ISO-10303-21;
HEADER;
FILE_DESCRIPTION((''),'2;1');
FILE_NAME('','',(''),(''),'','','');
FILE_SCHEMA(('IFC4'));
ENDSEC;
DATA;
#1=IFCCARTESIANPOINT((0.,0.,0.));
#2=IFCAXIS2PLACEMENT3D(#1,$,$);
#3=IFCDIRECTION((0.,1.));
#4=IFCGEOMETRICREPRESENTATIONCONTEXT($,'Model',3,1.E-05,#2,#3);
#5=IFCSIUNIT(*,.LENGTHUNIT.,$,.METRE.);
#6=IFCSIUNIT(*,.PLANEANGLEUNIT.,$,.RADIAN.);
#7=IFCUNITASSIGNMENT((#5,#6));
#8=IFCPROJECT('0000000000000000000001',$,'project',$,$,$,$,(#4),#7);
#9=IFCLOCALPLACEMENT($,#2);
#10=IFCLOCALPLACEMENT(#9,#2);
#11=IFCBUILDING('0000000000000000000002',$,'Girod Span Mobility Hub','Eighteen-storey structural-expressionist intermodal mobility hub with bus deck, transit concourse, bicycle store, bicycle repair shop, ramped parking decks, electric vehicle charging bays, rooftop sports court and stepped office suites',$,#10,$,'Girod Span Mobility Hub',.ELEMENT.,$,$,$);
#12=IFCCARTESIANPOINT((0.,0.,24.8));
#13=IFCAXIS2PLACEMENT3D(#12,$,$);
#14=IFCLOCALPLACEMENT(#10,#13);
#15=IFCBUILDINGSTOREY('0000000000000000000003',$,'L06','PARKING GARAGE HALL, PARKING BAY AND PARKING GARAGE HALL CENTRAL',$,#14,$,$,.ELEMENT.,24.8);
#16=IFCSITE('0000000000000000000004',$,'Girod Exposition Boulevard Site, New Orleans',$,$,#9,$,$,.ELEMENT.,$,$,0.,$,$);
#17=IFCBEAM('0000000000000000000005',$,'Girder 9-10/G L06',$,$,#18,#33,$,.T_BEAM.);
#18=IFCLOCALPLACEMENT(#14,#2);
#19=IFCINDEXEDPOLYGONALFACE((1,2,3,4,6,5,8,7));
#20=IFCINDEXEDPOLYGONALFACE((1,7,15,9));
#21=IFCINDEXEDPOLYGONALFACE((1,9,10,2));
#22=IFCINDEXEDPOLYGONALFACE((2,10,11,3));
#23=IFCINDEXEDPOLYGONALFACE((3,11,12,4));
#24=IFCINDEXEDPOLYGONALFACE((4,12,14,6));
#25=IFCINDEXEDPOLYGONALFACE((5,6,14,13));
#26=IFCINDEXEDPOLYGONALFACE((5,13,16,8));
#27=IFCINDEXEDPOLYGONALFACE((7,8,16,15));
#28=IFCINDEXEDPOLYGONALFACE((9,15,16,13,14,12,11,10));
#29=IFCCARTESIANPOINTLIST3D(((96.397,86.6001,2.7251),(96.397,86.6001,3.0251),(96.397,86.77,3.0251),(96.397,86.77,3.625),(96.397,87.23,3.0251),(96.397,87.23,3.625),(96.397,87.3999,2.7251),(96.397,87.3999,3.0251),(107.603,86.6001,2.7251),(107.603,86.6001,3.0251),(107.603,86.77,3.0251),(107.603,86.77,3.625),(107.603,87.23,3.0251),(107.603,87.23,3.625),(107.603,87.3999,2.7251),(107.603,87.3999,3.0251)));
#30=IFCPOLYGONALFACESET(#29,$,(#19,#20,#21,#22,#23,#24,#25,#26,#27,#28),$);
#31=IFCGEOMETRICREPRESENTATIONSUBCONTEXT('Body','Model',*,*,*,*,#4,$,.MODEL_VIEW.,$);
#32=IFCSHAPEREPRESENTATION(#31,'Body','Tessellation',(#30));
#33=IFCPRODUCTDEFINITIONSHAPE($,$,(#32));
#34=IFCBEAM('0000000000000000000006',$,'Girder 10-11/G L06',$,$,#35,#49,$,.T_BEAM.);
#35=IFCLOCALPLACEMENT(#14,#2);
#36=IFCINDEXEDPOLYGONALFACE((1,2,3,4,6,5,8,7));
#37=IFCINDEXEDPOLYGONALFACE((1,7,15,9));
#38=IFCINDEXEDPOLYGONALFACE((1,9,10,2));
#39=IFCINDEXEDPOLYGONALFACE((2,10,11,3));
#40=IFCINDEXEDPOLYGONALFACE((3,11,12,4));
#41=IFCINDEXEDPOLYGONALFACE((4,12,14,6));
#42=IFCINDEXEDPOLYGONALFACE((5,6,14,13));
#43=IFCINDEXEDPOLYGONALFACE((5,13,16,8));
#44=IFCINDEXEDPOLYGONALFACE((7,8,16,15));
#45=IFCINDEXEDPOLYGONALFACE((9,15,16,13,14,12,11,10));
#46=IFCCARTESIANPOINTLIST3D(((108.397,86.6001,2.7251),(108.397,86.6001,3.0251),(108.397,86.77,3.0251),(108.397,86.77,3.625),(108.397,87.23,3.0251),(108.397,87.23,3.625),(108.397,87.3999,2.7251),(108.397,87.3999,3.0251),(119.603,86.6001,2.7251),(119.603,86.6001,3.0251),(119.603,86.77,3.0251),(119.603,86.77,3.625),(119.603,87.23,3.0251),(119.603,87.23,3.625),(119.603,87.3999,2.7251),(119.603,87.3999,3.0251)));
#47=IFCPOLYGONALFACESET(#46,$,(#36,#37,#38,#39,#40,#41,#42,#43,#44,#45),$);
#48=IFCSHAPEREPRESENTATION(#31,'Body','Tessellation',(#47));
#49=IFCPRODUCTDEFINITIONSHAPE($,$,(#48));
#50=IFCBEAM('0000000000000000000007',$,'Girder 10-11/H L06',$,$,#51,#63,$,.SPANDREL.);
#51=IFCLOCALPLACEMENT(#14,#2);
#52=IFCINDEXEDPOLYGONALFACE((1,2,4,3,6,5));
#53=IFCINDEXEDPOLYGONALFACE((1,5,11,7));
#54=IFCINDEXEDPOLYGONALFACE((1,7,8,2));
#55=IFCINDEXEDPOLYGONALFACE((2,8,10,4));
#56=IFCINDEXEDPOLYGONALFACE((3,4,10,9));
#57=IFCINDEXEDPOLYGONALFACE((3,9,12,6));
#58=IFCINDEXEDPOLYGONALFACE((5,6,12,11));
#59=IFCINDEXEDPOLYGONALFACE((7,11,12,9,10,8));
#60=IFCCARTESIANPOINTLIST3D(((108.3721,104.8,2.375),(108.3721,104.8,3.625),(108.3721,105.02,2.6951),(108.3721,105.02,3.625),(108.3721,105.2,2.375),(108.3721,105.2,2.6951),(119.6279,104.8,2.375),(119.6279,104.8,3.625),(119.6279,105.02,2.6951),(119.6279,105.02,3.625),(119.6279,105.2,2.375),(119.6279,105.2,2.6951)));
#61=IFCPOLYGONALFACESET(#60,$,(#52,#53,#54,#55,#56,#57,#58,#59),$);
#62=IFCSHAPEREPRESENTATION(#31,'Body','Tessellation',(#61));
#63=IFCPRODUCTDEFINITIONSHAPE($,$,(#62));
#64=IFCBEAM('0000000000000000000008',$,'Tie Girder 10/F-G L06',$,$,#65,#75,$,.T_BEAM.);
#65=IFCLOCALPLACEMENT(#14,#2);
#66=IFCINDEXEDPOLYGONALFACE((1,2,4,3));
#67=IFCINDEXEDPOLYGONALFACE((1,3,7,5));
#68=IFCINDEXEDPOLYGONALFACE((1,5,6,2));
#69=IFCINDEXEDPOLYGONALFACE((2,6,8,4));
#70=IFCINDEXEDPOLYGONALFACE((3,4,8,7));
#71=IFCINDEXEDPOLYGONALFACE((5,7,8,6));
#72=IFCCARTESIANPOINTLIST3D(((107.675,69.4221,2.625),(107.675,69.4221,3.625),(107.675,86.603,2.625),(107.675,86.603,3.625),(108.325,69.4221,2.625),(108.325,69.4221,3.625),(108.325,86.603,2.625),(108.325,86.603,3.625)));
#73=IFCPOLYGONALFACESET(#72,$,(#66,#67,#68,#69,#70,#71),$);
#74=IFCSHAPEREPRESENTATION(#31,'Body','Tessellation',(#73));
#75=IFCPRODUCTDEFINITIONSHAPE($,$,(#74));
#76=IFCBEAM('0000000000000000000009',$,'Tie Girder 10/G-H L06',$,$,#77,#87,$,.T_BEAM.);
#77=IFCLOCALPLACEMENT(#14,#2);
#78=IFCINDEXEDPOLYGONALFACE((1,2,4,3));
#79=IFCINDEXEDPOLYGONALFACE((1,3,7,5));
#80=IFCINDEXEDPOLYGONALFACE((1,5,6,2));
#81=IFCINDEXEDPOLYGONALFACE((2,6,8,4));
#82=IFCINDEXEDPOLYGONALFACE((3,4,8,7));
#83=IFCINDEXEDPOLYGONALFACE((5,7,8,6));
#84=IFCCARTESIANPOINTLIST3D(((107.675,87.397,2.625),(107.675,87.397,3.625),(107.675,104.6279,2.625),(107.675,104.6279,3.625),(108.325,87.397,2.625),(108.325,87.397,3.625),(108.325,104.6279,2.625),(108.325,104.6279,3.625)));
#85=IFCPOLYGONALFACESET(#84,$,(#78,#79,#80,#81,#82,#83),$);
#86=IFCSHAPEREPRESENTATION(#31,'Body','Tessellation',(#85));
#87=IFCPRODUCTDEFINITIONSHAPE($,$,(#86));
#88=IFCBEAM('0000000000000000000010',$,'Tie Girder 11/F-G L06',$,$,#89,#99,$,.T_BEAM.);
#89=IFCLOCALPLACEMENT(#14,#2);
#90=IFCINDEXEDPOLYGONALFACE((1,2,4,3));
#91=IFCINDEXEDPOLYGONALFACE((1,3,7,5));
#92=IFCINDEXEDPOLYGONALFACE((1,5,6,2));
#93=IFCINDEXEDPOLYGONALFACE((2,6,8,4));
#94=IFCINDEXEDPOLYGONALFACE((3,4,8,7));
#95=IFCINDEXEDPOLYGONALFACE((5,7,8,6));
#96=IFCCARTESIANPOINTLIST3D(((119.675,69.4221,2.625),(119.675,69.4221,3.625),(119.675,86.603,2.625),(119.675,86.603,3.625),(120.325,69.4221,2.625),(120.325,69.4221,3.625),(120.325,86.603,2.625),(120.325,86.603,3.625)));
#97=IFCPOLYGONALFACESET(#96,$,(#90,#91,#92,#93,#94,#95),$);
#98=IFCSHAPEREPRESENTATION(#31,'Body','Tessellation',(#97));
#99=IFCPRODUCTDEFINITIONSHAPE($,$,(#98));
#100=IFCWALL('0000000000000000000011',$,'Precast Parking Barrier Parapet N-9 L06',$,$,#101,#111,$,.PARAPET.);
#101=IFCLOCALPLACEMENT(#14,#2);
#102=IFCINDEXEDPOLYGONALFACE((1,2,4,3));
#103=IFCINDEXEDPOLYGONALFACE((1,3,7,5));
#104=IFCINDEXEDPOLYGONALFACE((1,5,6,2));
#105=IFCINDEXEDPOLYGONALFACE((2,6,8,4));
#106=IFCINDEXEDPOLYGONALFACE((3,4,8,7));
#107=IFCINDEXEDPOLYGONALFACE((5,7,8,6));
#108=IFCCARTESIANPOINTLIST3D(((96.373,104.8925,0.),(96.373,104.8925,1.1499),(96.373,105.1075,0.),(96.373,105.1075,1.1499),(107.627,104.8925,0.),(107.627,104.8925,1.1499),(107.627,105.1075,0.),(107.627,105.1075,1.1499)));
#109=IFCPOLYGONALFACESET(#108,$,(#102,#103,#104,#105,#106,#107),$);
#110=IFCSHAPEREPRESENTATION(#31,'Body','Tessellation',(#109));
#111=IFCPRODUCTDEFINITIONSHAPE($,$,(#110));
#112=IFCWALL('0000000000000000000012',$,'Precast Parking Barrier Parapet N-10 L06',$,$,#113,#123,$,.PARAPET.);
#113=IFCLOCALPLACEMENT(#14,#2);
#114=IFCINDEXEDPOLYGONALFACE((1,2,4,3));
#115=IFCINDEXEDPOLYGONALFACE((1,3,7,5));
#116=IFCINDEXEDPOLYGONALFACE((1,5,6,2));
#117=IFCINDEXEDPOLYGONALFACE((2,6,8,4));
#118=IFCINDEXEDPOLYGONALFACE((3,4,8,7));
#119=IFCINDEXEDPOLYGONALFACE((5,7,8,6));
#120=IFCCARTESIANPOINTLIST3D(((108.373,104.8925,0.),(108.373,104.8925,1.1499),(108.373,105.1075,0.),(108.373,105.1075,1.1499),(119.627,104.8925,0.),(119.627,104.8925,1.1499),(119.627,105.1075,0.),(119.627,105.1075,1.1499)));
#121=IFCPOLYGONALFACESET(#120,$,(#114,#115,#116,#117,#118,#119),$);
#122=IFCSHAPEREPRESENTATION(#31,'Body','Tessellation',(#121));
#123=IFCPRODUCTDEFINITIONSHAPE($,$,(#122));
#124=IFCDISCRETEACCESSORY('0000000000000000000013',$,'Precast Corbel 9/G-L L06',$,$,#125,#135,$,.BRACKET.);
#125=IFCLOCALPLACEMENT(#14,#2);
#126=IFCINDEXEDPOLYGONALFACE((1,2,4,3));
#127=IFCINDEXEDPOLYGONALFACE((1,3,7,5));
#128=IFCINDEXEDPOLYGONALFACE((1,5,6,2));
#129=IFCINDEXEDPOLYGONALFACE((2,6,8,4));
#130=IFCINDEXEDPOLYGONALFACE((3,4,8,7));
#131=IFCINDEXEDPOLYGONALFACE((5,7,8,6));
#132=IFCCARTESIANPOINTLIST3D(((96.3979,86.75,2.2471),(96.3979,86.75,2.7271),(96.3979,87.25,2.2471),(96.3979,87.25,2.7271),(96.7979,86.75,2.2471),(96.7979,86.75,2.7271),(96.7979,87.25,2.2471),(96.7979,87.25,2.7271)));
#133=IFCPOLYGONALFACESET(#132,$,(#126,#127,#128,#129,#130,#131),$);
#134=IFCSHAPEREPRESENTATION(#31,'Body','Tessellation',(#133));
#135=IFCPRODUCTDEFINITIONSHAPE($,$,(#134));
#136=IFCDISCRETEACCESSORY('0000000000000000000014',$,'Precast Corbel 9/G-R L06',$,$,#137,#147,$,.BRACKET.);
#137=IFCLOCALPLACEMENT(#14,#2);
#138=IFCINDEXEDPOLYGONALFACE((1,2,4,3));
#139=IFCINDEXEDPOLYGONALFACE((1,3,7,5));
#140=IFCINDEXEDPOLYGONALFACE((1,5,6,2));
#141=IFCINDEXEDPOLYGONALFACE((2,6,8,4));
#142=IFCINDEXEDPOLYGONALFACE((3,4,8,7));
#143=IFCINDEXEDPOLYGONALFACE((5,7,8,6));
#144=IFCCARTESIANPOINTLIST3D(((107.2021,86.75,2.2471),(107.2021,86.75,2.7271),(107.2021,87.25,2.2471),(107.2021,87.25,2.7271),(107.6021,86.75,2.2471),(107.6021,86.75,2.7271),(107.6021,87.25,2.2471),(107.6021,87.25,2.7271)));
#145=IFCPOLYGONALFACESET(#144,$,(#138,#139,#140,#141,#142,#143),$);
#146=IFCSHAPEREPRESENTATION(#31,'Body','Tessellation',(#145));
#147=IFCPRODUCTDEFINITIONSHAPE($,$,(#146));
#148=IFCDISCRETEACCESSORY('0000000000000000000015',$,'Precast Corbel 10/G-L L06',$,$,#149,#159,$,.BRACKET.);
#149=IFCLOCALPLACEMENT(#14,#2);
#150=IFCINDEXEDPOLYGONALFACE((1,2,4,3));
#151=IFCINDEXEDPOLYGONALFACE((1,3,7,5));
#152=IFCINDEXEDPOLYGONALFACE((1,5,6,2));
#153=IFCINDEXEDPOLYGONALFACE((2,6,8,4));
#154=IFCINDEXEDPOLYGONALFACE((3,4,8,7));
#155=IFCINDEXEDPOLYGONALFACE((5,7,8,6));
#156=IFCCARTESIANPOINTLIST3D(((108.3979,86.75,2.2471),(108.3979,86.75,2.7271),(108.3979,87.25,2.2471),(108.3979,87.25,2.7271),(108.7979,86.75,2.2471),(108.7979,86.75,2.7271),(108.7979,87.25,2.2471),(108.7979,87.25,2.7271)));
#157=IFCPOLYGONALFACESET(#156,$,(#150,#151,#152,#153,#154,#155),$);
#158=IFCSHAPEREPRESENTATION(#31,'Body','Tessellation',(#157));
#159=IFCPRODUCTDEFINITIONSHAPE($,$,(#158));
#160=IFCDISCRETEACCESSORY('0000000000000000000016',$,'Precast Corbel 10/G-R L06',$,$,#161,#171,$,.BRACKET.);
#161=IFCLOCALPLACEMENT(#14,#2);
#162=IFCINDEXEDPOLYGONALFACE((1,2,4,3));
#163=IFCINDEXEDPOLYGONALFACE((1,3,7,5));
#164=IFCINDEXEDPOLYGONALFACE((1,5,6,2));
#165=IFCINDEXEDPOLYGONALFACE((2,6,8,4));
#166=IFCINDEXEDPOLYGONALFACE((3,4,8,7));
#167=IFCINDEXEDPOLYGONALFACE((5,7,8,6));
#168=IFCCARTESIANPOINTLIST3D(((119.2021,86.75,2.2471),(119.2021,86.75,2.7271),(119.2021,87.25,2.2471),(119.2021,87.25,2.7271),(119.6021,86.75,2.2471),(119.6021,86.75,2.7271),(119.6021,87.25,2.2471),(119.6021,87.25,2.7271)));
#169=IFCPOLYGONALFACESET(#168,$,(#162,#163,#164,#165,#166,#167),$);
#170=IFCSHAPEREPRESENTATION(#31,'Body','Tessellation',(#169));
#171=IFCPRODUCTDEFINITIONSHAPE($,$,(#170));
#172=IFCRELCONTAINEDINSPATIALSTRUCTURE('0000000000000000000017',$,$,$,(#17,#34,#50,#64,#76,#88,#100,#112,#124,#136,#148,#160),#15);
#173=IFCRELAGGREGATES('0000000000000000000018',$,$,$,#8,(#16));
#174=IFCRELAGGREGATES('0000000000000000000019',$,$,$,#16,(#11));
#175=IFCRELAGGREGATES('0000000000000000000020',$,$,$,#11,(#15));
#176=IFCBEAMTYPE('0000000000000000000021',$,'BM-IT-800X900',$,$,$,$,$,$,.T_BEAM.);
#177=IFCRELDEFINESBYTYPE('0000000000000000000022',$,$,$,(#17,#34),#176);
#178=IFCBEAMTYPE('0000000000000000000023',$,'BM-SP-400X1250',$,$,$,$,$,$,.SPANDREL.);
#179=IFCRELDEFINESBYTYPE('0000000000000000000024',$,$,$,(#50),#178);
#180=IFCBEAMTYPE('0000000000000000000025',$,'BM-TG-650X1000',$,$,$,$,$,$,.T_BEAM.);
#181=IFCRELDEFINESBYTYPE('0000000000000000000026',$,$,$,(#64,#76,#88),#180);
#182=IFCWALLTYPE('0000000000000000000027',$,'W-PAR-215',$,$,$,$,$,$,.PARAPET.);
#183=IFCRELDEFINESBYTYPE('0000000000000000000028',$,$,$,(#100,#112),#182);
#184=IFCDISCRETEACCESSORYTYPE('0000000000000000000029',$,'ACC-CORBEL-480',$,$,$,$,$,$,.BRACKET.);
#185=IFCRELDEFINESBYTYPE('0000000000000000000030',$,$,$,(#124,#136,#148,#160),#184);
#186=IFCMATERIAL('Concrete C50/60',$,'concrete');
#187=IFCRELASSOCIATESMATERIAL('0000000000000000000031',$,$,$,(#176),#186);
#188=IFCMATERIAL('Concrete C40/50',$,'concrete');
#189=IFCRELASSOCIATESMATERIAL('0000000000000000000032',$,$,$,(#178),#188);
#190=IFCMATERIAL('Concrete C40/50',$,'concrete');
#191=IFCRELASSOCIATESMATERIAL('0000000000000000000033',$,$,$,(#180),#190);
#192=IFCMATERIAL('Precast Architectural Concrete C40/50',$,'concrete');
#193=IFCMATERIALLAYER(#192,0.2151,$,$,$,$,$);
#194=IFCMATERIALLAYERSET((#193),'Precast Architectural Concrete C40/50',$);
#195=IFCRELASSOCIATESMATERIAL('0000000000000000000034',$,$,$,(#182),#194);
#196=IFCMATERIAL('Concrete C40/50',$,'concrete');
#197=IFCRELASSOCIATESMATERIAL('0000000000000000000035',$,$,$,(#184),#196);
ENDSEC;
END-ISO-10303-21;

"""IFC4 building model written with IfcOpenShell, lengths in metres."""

from ifc_helpers import new_model, si_unit, direction, frame, frame_2d, origin, origin_2d, place, context, subcontext, project, spatial, polyline, rectangle, outline, extrude, material, layer, layer_set, material_profile, profile_set, type_object, element, save


model = new_model("IFC4")

# Units and contexts
model_context = context("Model", 3, precision=1e-05, world=origin(), true_north=direction((0.0, 1.0)))
body_context = subcontext(model_context, "Body", "Model", "MODEL_VIEW")
ifc_project = project(units=[si_unit("LENGTHUNIT", "METRE"), si_unit("PLANEANGLEUNIT", "RADIAN")], contexts=[model_context])

# Site, building, storey
site_placement = place(None, origin())
site = spatial("IfcSite", under=ifc_project, at=site_placement, Name="Girod Exposition Boulevard Site, New Orleans", CompositionType="ELEMENT", RefElevation=0.0)
building_placement = place(site_placement, origin())
building = spatial("IfcBuilding", under=site, at=building_placement, Name="Girod Span Mobility Hub", Description="Eighteen-storey structural-expressionist intermodal mobility hub with bus deck, transit concourse, bicycle store, bicycle repair shop, ramped parking decks, electric vehicle charging bays, rooftop sports court and stepped office suites", LongName="Girod Span Mobility Hub", CompositionType="ELEMENT")
storey_placement = place(building_placement, frame((0.0, 0.0, 24.8)))
storey = spatial("IfcBuildingStorey", under=building, at=storey_placement, Name="L06", Description="PARKING GARAGE HALL, PARKING BAY AND PARKING GARAGE HALL CENTRAL", CompositionType="ELEMENT", Elevation=24.8)

# Beams
ifc_material_1 = material(Name="Concrete C50/60", Category="concrete")
ifc_material_profile_1 = material_profile(ifc_material_1, outline(polyline([(-0.3999, -0.45), (0.3999, -0.45), (0.3999, -0.1499), (0.23, -0.1499), (0.23, 0.45), (-0.23, 0.45), (-0.23, -0.1499), (-0.3999, -0.1499), (-0.3999, -0.45)])), Name="IT-800X900")
ifc_profile_set_1 = profile_set([ifc_material_profile_1], Name="Concrete C50/60")
beam_type_1 = type_object("IfcBeamType", Name="BM-IT-800X900", PredefinedType="T_BEAM", material=ifc_profile_set_1)
for number, where, z_axis, x_axis, name in (
    (1, (96.397, 87.0, 3.175), (1.0, 0.0, 0.0), (0.0, 1.0, 0.0), "Girder 9-10/G L06"),
    (2, (108.397, 87.0, 3.175), (1.0, 0.0, 0.0), (0.0, 1.0, 0.0), "Girder 10-11/G L06"),
):
    element("IfcBeam", number, at=place(storey_placement, frame(where, z_axis=z_axis, x_axis=x_axis)), inside=storey, type_object=beam_type_1, Name=name, PredefinedType="T_BEAM", context=body_context, shape_type="SweptSolid", body=[
        extrude(outline(polyline([(-0.3999, -0.45), (0.3999, -0.45), (0.3999, -0.1499), (0.23, -0.1499), (0.23, 0.45), (-0.23, 0.45), (-0.23, -0.1499), (-0.3999, -0.1499), (-0.3999, -0.45)])), origin(), (0.0, 0.0, 1.0), 11.2061),
    ])
ifc_material_2 = material(Name="Concrete C40/50", Category="concrete")
ifc_material_profile_2 = material_profile(ifc_material_2, outline(polyline([(-0.2, -0.625), (0.2, -0.625), (0.2, -0.3049), (0.02, -0.3049), (0.02, 0.625), (-0.2, 0.625), (-0.2, -0.625)])), Name="SP-400X1250")
ifc_profile_set_2 = profile_set([ifc_material_profile_2], Name="Concrete C40/50")
beam_type_2 = type_object("IfcBeamType", Name="BM-SP-400X1250", PredefinedType="SPANDREL", material=ifc_profile_set_2)
beam_1_placement = place(storey_placement, frame((108.3721, 105.0, 3.0), z_axis=(1.0, 0.0, 0.0), x_axis=(0.0, 1.0, 0.0)))
element("IfcBeam", 3, at=beam_1_placement, inside=storey, type_object=beam_type_2, Name="Girder 10-11/H L06", PredefinedType="SPANDREL", context=body_context, shape_type="SweptSolid", body=[
    extrude(outline(polyline([(-0.2, -0.625), (0.2, -0.625), (0.2, -0.3049), (0.02, -0.3049), (0.02, 0.625), (-0.2, 0.625), (-0.2, -0.625)])), origin(), (0.0, 0.0, 1.0), 11.2559),
])
ifc_material_3 = material(Name="Concrete C40/50", Category="concrete")
ifc_material_profile_3 = material_profile(ifc_material_3, rectangle(XDim=0.6499, YDim=1.0, at=origin_2d()), Name="TG-650X1000")
ifc_profile_set_3 = profile_set([ifc_material_profile_3], Name="Concrete C40/50")
beam_type_3 = type_object("IfcBeamType", Name="BM-TG-650X1000", PredefinedType="T_BEAM", material=ifc_profile_set_3)
beam_2_placement = place(storey_placement, frame((108.0, 69.4221, 3.125), z_axis=(0.0, 1.0, 0.0), x_axis=(-1.0, 0.0, 0.0)))
element("IfcBeam", 4, at=beam_2_placement, inside=storey, type_object=beam_type_3, Name="Tie Girder 10/F-G L06", PredefinedType="T_BEAM", context=body_context, shape_type="SweptSolid", body=[
    extrude(rectangle(XDim=0.6499, YDim=1.0, at=origin_2d()), origin(), (0.0, 0.0, 1.0), 17.1809),
])
beam_3_placement = place(storey_placement, frame((108.0, 87.397, 3.125), z_axis=(0.0, 1.0, 0.0), x_axis=(-1.0, 0.0, 0.0)))
element("IfcBeam", 5, at=beam_3_placement, inside=storey, type_object=beam_type_3, Name="Tie Girder 10/G-H L06", PredefinedType="T_BEAM", context=body_context, shape_type="SweptSolid", body=[
    extrude(rectangle(XDim=0.6499, YDim=1.0, at=origin_2d()), origin(), (0.0, 0.0, 1.0), 17.231),
])
beam_4_placement = place(storey_placement, frame((120.0, 69.4221, 3.125), z_axis=(0.0, 1.0, 0.0), x_axis=(-1.0, 0.0, 0.0)))
element("IfcBeam", 6, at=beam_4_placement, inside=storey, type_object=beam_type_3, Name="Tie Girder 11/F-G L06", PredefinedType="T_BEAM", context=body_context, shape_type="SweptSolid", body=[
    extrude(rectangle(XDim=0.6499, YDim=1.0, at=origin_2d()), origin(), (0.0, 0.0, 1.0), 17.1809),
])

# Walls
ifc_material_4 = material(Name="Precast Architectural Concrete C40/50", Category="concrete")
ifc_layer = layer(ifc_material_4, 0.2151)
ifc_layer_set = layer_set([ifc_layer], Name="Precast Architectural Concrete C40/50")
wall_type = type_object("IfcWallType", Name="W-PAR-215", PredefinedType="PARAPET", material=ifc_layer_set)
for number, where, z_axis, x_axis, name in (
    (7, (96.373, 105.0, 0.0), (0.0, 0.0, 1.0), (1.0, 0.0, 0.0), "Precast Parking Barrier Parapet N-9 L06"),
    (8, (108.373, 105.0, 0.0), (0.0, 0.0, 1.0), (1.0, 0.0, 0.0), "Precast Parking Barrier Parapet N-10 L06"),
):
    element("IfcWall", number, at=place(storey_placement, frame(where, z_axis=z_axis, x_axis=x_axis)), inside=storey, type_object=wall_type, Name=name, PredefinedType="PARAPET", context=body_context, shape_type="SweptSolid", body=[
        extrude(rectangle(XDim=11.2539, YDim=0.2151, at=frame_2d((5.627, 0.0))), origin(), (0.0, 0.0, 1.0), 1.1499),
    ])

# Discrete accessories
ifc_material_5 = material(Name="Concrete C40/50", Category="concrete")
discrete_accessory_type = type_object("IfcDiscreteAccessoryType", Name="ACC-CORBEL-480", PredefinedType="BRACKET", material=ifc_material_5)
for number, where, z_axis, x_axis, name in (
    (9, (96.5979, 87.0, 2.2471), (0.0, 0.0, 1.0), (1.0, 0.0, 0.0), "Precast Corbel 9/G-L L06"),
    (10, (107.4021, 87.0, 2.2471), (0.0, 0.0, 1.0), (1.0, 0.0, 0.0), "Precast Corbel 9/G-R L06"),
    (11, (108.5979, 87.0, 2.2471), (0.0, 0.0, 1.0), (1.0, 0.0, 0.0), "Precast Corbel 10/G-L L06"),
    (12, (119.4021, 87.0, 2.2471), (0.0, 0.0, 1.0), (1.0, 0.0, 0.0), "Precast Corbel 10/G-R L06"),
):
    element("IfcDiscreteAccessory", number, at=place(storey_placement, frame(where, z_axis=z_axis, x_axis=x_axis)), inside=storey, type_object=discrete_accessory_type, Name=name, PredefinedType="BRACKET", context=body_context, shape_type="SweptSolid", body=[
        extrude(rectangle(XDim=0.3999, YDim=0.5, at=origin_2d()), origin(), (0.0, 0.0, 1.0), 0.48),
    ])

save(model, "model.ifc")
